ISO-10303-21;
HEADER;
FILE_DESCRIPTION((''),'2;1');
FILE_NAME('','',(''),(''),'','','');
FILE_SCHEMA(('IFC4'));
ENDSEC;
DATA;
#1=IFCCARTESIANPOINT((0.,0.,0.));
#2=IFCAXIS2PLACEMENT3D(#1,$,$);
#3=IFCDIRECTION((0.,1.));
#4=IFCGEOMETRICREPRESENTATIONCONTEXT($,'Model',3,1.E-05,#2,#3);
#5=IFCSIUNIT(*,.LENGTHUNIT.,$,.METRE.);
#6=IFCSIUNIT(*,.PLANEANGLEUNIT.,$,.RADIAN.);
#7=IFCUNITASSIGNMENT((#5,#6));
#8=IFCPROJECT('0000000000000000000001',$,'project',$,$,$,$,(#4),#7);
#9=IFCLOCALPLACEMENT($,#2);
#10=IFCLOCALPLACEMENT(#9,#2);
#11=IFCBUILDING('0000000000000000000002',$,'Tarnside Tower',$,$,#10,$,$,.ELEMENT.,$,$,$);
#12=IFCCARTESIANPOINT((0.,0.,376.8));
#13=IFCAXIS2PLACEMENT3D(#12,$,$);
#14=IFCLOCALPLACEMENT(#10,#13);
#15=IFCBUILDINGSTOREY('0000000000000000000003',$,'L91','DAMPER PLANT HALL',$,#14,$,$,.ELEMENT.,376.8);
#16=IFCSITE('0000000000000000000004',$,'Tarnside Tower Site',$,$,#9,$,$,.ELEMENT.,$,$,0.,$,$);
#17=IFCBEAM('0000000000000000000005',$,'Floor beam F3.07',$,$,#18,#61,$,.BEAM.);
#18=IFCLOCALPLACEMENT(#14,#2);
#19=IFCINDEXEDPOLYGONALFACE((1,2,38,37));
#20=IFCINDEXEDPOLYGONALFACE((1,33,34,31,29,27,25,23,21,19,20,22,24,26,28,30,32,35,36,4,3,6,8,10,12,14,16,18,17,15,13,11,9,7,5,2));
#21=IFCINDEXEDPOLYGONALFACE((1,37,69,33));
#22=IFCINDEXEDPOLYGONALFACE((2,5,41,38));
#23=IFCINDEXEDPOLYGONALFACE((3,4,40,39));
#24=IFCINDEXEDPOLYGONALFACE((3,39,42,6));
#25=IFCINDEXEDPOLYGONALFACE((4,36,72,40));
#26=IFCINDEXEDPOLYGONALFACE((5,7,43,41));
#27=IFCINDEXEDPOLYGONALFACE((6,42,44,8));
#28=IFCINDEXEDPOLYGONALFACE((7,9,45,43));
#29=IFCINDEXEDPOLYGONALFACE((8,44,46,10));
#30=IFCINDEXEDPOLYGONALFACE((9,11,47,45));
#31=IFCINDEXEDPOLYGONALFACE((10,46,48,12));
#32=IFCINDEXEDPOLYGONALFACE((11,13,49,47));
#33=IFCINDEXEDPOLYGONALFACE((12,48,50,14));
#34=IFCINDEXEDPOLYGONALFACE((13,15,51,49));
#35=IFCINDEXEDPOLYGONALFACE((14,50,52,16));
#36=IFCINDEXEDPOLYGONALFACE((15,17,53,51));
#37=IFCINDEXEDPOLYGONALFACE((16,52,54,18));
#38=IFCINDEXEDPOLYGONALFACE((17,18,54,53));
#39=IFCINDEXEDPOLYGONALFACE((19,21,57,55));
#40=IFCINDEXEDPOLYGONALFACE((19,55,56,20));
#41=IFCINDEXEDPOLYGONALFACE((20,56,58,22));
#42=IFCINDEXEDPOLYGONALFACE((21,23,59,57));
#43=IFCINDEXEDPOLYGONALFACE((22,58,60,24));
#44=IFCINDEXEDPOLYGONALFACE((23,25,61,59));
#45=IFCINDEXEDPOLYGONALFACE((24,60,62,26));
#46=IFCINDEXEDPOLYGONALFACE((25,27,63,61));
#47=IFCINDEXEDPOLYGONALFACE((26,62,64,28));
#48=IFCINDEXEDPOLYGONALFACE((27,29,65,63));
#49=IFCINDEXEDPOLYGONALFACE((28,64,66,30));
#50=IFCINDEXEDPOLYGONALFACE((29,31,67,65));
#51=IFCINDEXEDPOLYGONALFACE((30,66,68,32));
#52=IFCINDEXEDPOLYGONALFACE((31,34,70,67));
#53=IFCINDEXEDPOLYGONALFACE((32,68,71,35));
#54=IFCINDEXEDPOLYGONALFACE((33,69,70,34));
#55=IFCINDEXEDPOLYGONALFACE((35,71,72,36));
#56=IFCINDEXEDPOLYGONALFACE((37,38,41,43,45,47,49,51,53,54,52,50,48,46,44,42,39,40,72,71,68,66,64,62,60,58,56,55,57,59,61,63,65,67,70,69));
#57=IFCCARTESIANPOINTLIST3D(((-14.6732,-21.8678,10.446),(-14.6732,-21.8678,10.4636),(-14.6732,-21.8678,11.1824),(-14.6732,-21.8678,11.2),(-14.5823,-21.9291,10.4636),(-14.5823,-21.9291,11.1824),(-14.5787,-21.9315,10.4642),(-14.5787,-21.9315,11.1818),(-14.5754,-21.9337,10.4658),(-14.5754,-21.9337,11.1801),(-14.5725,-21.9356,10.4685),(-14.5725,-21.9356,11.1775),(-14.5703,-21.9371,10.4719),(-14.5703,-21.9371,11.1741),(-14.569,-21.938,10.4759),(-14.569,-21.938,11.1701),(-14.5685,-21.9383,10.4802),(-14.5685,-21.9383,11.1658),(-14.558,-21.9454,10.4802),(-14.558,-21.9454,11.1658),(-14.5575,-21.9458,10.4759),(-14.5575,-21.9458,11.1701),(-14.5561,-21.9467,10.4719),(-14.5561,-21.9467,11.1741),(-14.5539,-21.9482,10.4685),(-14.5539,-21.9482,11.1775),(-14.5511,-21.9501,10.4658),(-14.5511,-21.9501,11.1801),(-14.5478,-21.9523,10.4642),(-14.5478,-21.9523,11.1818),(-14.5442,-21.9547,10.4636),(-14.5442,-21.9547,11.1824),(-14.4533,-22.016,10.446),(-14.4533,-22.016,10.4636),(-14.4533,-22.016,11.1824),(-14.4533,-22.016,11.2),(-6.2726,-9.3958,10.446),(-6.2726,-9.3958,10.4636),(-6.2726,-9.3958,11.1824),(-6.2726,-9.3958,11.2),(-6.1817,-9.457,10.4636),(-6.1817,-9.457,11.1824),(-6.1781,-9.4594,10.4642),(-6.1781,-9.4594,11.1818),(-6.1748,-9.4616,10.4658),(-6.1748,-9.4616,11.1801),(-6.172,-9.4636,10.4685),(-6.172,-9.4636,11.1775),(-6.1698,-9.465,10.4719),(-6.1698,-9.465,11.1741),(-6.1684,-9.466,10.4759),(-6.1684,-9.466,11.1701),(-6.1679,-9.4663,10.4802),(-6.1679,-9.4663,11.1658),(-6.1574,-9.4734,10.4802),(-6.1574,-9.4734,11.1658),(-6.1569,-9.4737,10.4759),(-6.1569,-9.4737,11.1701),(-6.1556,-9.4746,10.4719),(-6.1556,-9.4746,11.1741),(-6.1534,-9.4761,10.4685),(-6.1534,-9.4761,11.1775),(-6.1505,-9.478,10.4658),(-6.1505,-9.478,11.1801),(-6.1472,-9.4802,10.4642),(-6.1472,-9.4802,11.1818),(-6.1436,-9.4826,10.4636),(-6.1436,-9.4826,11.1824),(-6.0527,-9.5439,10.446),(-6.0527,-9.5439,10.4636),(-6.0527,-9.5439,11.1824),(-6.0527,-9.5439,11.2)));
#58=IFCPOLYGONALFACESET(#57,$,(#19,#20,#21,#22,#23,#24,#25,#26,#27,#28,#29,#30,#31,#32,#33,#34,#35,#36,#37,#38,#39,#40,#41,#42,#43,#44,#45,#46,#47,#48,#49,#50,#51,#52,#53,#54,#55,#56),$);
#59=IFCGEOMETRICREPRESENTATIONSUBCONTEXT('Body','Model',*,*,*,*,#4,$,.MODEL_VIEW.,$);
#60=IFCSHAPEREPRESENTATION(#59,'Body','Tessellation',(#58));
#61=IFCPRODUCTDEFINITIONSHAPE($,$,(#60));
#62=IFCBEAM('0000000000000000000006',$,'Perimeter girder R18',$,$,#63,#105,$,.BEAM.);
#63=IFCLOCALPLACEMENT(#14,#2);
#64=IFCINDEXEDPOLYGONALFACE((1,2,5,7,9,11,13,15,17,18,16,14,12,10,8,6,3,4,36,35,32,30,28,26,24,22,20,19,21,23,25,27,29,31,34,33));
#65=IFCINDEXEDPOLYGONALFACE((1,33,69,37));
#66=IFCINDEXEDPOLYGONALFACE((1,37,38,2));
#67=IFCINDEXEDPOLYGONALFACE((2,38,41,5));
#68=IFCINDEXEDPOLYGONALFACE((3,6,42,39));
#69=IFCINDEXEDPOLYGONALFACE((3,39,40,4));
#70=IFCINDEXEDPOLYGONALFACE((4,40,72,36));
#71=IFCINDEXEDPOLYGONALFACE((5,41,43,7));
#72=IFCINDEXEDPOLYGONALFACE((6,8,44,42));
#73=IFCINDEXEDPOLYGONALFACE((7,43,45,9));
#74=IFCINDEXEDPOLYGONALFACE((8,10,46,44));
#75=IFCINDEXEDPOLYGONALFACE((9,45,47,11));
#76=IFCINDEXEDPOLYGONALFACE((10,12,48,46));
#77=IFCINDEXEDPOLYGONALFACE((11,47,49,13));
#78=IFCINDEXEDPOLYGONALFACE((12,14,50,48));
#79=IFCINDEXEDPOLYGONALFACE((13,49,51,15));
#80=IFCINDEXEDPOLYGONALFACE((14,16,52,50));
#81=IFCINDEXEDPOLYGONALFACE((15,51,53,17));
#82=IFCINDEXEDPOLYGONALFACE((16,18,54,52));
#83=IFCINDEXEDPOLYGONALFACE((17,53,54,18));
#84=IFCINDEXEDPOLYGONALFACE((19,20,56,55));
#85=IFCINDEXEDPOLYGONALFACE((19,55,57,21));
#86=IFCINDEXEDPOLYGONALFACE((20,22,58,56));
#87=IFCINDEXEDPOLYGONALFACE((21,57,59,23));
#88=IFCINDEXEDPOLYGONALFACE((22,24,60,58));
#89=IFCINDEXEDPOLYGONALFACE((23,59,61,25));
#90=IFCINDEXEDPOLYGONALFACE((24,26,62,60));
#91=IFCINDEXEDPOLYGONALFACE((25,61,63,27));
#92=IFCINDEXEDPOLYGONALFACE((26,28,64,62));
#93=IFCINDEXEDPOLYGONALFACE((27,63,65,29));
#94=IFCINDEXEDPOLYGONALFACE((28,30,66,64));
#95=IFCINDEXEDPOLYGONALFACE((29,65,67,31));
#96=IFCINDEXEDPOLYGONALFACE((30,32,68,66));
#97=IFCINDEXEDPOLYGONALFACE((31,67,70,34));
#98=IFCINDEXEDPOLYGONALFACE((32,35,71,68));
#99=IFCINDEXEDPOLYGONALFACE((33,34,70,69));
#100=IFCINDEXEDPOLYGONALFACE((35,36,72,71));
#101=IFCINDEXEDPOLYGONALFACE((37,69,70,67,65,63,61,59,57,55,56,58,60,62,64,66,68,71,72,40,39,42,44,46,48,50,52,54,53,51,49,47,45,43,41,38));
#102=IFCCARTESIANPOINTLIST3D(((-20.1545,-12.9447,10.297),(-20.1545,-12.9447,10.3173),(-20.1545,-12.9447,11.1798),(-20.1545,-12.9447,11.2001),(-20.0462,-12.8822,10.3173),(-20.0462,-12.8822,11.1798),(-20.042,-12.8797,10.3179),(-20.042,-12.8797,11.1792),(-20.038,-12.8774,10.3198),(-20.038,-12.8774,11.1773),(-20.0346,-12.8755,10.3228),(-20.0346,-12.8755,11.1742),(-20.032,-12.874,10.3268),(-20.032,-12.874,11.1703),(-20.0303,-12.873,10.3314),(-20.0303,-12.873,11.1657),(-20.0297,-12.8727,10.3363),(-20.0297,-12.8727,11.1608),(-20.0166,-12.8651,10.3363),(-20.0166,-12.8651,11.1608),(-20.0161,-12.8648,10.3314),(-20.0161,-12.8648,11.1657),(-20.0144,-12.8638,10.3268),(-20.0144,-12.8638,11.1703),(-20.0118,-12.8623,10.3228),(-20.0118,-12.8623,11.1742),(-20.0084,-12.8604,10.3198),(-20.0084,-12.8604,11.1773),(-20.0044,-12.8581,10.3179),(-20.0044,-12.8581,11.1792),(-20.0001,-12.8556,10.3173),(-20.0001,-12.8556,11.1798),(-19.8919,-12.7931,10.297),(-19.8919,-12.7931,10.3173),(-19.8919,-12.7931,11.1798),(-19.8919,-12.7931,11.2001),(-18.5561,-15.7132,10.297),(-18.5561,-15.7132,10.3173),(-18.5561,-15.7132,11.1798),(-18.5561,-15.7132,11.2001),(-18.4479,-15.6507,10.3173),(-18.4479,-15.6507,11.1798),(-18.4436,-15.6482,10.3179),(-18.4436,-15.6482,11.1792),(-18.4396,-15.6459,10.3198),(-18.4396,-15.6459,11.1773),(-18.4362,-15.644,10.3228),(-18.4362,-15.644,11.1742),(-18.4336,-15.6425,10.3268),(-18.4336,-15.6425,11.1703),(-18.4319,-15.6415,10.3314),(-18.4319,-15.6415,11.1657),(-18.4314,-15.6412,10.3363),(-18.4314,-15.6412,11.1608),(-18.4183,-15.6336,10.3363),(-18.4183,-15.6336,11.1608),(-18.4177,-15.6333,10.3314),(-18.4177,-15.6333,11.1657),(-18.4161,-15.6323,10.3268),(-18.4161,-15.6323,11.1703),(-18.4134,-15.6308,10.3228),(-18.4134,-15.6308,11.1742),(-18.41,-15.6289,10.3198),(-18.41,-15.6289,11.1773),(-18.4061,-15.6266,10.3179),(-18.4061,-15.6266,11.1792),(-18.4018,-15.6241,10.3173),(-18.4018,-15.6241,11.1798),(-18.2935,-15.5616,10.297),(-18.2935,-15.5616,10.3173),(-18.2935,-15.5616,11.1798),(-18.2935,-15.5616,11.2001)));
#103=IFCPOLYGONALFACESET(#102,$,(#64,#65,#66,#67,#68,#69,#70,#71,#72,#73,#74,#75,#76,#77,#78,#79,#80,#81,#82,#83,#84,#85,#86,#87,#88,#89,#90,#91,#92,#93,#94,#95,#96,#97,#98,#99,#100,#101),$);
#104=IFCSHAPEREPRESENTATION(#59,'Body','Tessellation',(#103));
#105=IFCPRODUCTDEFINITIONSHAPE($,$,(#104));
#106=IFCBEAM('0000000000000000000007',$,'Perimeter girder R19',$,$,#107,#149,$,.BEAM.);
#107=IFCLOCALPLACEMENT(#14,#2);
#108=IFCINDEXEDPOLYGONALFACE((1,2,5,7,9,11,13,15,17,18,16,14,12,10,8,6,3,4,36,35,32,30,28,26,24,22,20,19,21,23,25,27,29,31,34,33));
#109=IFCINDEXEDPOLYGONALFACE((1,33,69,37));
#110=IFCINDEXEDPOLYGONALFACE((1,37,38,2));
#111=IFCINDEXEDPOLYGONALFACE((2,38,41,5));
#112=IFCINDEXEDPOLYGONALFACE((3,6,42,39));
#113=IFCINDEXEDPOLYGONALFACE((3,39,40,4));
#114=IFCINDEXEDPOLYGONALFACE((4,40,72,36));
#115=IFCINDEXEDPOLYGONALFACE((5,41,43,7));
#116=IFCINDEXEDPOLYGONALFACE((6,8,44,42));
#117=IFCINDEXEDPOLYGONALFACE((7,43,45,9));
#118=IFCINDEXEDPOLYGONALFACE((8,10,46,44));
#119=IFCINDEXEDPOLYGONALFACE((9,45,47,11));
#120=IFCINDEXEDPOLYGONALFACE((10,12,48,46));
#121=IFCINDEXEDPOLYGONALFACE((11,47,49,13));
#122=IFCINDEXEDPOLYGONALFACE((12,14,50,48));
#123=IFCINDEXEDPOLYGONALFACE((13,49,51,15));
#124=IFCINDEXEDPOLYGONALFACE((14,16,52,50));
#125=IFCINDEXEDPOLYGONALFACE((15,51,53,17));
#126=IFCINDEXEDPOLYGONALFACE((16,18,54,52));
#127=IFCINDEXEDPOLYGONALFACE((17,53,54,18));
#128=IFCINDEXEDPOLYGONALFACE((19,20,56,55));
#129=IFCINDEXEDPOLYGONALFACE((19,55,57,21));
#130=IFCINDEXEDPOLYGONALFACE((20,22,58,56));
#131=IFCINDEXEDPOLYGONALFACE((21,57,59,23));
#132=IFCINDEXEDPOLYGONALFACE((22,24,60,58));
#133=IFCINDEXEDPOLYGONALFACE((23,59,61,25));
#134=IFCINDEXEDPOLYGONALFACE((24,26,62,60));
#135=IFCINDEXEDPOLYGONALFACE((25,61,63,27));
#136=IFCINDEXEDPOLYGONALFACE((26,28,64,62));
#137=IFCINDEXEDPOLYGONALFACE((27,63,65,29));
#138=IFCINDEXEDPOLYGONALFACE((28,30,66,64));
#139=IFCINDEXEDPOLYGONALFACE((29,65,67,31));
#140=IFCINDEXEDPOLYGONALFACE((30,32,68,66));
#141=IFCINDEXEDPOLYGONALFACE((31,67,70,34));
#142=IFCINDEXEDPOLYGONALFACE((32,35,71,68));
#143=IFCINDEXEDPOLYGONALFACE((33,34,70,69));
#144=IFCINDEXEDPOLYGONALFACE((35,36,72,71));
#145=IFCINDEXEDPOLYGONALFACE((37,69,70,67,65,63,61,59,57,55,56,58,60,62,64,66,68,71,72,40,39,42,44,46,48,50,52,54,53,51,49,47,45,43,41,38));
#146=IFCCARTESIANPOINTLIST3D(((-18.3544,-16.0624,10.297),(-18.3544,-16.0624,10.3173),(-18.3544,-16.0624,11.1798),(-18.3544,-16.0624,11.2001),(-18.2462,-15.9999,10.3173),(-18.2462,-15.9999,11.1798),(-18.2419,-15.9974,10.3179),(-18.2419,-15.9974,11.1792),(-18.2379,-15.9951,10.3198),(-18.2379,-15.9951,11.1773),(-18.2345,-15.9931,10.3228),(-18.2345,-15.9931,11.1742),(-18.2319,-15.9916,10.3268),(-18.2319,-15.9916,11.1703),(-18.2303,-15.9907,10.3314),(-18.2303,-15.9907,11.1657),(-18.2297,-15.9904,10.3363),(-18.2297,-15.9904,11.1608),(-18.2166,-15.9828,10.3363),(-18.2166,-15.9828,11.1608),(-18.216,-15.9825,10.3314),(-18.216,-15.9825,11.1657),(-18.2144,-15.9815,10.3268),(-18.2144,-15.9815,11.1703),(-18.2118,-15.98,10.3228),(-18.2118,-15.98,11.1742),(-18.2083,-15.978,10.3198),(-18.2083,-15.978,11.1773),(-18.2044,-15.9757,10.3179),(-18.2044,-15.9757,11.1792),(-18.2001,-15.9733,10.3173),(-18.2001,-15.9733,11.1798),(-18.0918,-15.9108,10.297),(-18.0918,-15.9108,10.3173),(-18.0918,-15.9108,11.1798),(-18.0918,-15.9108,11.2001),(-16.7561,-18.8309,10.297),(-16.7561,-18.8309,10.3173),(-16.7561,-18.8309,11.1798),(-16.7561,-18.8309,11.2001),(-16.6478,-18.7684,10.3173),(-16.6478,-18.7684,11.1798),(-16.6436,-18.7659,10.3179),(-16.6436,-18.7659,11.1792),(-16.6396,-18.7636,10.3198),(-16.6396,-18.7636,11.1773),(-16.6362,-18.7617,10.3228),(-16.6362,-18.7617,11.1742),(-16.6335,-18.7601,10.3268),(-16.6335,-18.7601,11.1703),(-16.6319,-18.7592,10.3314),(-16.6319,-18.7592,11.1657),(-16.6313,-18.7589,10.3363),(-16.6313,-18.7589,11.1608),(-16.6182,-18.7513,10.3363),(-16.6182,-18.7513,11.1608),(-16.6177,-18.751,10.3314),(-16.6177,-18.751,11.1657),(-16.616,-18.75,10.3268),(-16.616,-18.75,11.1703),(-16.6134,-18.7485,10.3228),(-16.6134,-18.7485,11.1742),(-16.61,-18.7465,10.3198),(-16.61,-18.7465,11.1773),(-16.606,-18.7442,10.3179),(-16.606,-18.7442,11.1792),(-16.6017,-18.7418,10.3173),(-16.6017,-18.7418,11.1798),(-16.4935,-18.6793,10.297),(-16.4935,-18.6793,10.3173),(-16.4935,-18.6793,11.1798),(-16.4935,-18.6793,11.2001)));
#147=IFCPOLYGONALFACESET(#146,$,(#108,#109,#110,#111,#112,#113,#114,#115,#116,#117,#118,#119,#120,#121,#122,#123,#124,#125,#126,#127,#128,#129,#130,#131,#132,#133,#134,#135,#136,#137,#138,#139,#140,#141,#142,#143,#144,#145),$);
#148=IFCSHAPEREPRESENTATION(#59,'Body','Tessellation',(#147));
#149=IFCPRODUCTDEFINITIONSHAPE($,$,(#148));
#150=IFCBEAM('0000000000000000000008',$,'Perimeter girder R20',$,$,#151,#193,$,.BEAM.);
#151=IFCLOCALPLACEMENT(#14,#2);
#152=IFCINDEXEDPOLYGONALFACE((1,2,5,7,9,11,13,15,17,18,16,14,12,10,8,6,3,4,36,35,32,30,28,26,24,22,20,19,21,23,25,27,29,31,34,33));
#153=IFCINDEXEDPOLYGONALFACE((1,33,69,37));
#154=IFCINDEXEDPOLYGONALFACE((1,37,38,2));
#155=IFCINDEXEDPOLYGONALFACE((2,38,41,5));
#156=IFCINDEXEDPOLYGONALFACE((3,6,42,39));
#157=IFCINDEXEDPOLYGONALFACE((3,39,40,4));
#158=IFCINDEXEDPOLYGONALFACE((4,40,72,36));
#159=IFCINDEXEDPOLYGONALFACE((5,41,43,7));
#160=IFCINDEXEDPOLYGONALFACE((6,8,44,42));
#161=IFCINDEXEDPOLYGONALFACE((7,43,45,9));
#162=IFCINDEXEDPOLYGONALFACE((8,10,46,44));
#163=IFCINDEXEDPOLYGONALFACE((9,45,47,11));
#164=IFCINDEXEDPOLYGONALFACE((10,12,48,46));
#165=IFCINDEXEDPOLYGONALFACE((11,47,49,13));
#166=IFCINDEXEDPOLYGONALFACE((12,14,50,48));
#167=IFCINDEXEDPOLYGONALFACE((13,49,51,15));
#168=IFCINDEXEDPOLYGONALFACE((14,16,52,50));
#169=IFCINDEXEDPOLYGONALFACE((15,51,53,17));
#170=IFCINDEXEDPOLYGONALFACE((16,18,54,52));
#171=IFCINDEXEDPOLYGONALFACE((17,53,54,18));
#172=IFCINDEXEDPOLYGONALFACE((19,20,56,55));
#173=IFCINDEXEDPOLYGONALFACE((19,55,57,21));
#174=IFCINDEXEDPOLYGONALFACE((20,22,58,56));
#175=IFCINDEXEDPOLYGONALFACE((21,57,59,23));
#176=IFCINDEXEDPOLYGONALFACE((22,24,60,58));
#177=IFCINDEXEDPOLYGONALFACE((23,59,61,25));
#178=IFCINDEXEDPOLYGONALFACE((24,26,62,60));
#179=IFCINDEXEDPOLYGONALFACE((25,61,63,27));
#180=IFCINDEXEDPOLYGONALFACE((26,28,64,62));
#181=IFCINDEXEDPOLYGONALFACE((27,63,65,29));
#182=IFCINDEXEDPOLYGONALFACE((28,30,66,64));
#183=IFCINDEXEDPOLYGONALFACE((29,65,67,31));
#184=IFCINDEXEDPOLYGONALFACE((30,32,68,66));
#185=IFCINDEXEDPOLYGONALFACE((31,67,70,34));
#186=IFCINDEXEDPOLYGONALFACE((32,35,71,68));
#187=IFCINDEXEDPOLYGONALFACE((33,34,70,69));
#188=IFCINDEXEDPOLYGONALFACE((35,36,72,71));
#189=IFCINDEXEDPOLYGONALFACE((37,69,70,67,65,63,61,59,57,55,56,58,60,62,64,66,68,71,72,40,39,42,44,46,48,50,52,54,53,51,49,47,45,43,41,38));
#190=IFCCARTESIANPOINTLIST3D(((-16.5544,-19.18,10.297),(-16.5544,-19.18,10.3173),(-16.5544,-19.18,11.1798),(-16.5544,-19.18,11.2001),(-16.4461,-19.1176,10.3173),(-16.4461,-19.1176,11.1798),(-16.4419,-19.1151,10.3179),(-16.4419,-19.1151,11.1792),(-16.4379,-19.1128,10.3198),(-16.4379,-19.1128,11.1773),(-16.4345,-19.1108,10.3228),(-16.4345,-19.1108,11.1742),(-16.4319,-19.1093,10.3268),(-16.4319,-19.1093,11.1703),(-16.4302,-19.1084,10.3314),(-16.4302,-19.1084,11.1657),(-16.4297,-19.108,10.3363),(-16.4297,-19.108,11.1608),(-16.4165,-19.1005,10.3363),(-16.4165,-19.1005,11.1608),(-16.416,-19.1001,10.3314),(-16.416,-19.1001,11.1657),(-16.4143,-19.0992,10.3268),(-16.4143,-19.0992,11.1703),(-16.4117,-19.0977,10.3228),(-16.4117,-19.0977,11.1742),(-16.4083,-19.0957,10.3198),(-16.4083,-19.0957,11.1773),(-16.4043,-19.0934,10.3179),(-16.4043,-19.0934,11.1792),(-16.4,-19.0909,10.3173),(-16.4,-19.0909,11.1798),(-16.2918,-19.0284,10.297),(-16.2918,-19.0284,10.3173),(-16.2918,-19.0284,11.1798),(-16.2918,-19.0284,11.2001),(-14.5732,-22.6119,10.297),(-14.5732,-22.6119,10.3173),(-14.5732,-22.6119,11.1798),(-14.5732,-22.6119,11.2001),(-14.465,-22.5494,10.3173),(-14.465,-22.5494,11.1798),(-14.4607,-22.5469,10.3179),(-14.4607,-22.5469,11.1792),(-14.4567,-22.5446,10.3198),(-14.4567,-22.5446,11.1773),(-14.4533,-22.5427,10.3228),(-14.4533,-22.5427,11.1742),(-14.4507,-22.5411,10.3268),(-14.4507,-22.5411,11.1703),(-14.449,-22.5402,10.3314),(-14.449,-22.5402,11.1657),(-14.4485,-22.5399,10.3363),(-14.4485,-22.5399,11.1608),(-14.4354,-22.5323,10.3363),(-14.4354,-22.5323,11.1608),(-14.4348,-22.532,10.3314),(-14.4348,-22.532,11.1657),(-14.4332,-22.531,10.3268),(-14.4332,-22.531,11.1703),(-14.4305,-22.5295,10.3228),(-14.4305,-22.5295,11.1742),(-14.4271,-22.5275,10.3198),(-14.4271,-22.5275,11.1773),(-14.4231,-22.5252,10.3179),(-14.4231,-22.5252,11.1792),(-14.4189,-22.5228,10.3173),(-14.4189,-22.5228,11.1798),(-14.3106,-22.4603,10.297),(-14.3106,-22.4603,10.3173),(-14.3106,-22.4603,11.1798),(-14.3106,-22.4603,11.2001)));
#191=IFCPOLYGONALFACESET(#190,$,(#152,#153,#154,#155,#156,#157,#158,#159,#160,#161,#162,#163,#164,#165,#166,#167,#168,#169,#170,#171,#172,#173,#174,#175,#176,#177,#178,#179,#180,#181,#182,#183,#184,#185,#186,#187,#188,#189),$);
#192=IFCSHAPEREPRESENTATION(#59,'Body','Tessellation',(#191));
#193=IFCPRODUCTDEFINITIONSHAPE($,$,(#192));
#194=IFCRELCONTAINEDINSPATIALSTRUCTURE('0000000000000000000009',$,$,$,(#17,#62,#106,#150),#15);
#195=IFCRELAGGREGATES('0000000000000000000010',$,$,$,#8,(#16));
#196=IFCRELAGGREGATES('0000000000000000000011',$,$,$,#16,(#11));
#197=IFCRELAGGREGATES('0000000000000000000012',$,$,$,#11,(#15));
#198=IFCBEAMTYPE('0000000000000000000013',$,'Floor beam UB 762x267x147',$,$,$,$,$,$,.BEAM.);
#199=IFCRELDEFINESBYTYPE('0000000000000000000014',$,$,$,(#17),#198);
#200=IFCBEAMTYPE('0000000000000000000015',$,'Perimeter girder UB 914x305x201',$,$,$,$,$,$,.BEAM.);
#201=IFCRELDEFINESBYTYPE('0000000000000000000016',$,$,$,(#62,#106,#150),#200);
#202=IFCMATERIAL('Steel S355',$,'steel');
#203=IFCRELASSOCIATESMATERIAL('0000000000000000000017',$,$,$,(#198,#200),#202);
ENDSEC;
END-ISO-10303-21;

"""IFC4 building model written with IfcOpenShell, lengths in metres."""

from ifc_helpers import new_model, si_unit, direction, frame, origin, origin_2d, place, context, subcontext, project, spatial, i_section, extrude, material, material_profile, profile_set, type_object, element, save


model = new_model("IFC4")

# Units and contexts
model_context = context("Model", 3, precision=1e-05, world=origin(), true_north=direction((0.0, 1.0)))
body_context = subcontext(model_context, "Body", "Model", "MODEL_VIEW")
ifc_project = project(units=[si_unit("LENGTHUNIT", "METRE"), si_unit("PLANEANGLEUNIT", "RADIAN")], contexts=[model_context])

# Site, building, storey
site_placement = place(None, origin())
site = spatial("IfcSite", under=ifc_project, at=site_placement, Name="Tarnside Tower Site", CompositionType="ELEMENT", RefElevation=0.0)
building_placement = place(site_placement, origin())
building = spatial("IfcBuilding", under=site, at=building_placement, Name="Tarnside Tower", CompositionType="ELEMENT")
storey_placement = place(building_placement, frame((0.0, 0.0, 376.8)))
storey = spatial("IfcBuildingStorey", under=building, at=storey_placement, Name="L91", Description="DAMPER PLANT HALL", CompositionType="ELEMENT", Elevation=376.8)

# Shared definitions
ifc_material_1 = material(Name="Steel S355", Category="steel")

# Beams
ifc_material_profile_1 = material_profile(ifc_material_1, i_section(OverallWidth=0.2651, OverallDepth=0.7539, WebThickness=0.0127, FlangeThickness=0.0176, FilletRadius=0.0166, at=origin_2d()), Name="UB 762x267x147")
ifc_profile_set_1 = profile_set([ifc_material_profile_1], Name="Steel S355")
beam_type_1 = type_object("IfcBeamType", Name="Floor beam UB 762x267x147", PredefinedType="BEAM", material=ifc_profile_set_1)
beam_1_placement = place(storey_placement, frame((-14.5632, -21.9419, 10.823), z_axis=(0.558647, 0.829406, 0.0), x_axis=(-0.829406, 0.558647, 0.0)))
element("IfcBeam", 1, at=beam_1_placement, inside=storey, type_object=beam_type_1, Name="Floor beam F3.07", PredefinedType="BEAM", context=body_context, shape_type="SweptSolid", body=[
    extrude(i_section(OverallWidth=0.2651, OverallDepth=0.7539, WebThickness=0.0127, FlangeThickness=0.0176, FilletRadius=0.0166, at=origin_2d()), origin(), (0.0, 0.0, 1.0), 15.0374),
])
ifc_material_profile_2 = material_profile(ifc_material_1, i_section(OverallWidth=0.3032, OverallDepth=0.9031, WebThickness=0.0151, FlangeThickness=0.0203, FilletRadius=0.019, at=origin_2d()), Name="UB 914x305x201")
ifc_profile_set_2 = profile_set([ifc_material_profile_2], Name="Steel S355")
beam_type_2 = type_object("IfcBeamType", Name="Perimeter girder UB 914x305x201", PredefinedType="BEAM", material=ifc_profile_set_2)
for number, where, z_axis, x_axis, name in (
    (2, (-20.0232, -12.8689, 10.7485), (0.499991, -0.86603, 0.0), (0.86603, 0.499991, 0.0), "Perimeter girder R18"),
    (3, (-18.2231, -15.9866, 10.7485), (0.499991, -0.86603, 0.0), (0.86603, 0.499991, 0.0), "Perimeter girder R19"),
):
    element("IfcBeam", number, at=place(storey_placement, frame(where, z_axis=z_axis, x_axis=x_axis)), inside=storey, type_object=beam_type_2, Name=name, PredefinedType="BEAM", context=body_context, shape_type="SweptSolid", body=[
        extrude(i_section(OverallWidth=0.3032, OverallDepth=0.9031, WebThickness=0.0151, FlangeThickness=0.0203, FilletRadius=0.019, at=origin_2d()), origin(), (0.0, 0.0, 1.0), 3.1968),
    ])
beam_2_placement = place(storey_placement, frame((-16.4231, -19.1042, 10.7485), z_axis=(0.499962, -0.866047, 0.0), x_axis=(0.866047, 0.499962, 0.0)))
element("IfcBeam", 4, at=beam_2_placement, inside=storey, type_object=beam_type_2, Name="Perimeter girder R20", PredefinedType="BEAM", context=body_context, shape_type="SweptSolid", body=[
    extrude(i_section(OverallWidth=0.3032, OverallDepth=0.9031, WebThickness=0.0151, FlangeThickness=0.0203, FilletRadius=0.019, at=origin_2d()), origin(), (0.0, 0.0, 1.0), 3.9626),
])

save(model, "model.ifc")
